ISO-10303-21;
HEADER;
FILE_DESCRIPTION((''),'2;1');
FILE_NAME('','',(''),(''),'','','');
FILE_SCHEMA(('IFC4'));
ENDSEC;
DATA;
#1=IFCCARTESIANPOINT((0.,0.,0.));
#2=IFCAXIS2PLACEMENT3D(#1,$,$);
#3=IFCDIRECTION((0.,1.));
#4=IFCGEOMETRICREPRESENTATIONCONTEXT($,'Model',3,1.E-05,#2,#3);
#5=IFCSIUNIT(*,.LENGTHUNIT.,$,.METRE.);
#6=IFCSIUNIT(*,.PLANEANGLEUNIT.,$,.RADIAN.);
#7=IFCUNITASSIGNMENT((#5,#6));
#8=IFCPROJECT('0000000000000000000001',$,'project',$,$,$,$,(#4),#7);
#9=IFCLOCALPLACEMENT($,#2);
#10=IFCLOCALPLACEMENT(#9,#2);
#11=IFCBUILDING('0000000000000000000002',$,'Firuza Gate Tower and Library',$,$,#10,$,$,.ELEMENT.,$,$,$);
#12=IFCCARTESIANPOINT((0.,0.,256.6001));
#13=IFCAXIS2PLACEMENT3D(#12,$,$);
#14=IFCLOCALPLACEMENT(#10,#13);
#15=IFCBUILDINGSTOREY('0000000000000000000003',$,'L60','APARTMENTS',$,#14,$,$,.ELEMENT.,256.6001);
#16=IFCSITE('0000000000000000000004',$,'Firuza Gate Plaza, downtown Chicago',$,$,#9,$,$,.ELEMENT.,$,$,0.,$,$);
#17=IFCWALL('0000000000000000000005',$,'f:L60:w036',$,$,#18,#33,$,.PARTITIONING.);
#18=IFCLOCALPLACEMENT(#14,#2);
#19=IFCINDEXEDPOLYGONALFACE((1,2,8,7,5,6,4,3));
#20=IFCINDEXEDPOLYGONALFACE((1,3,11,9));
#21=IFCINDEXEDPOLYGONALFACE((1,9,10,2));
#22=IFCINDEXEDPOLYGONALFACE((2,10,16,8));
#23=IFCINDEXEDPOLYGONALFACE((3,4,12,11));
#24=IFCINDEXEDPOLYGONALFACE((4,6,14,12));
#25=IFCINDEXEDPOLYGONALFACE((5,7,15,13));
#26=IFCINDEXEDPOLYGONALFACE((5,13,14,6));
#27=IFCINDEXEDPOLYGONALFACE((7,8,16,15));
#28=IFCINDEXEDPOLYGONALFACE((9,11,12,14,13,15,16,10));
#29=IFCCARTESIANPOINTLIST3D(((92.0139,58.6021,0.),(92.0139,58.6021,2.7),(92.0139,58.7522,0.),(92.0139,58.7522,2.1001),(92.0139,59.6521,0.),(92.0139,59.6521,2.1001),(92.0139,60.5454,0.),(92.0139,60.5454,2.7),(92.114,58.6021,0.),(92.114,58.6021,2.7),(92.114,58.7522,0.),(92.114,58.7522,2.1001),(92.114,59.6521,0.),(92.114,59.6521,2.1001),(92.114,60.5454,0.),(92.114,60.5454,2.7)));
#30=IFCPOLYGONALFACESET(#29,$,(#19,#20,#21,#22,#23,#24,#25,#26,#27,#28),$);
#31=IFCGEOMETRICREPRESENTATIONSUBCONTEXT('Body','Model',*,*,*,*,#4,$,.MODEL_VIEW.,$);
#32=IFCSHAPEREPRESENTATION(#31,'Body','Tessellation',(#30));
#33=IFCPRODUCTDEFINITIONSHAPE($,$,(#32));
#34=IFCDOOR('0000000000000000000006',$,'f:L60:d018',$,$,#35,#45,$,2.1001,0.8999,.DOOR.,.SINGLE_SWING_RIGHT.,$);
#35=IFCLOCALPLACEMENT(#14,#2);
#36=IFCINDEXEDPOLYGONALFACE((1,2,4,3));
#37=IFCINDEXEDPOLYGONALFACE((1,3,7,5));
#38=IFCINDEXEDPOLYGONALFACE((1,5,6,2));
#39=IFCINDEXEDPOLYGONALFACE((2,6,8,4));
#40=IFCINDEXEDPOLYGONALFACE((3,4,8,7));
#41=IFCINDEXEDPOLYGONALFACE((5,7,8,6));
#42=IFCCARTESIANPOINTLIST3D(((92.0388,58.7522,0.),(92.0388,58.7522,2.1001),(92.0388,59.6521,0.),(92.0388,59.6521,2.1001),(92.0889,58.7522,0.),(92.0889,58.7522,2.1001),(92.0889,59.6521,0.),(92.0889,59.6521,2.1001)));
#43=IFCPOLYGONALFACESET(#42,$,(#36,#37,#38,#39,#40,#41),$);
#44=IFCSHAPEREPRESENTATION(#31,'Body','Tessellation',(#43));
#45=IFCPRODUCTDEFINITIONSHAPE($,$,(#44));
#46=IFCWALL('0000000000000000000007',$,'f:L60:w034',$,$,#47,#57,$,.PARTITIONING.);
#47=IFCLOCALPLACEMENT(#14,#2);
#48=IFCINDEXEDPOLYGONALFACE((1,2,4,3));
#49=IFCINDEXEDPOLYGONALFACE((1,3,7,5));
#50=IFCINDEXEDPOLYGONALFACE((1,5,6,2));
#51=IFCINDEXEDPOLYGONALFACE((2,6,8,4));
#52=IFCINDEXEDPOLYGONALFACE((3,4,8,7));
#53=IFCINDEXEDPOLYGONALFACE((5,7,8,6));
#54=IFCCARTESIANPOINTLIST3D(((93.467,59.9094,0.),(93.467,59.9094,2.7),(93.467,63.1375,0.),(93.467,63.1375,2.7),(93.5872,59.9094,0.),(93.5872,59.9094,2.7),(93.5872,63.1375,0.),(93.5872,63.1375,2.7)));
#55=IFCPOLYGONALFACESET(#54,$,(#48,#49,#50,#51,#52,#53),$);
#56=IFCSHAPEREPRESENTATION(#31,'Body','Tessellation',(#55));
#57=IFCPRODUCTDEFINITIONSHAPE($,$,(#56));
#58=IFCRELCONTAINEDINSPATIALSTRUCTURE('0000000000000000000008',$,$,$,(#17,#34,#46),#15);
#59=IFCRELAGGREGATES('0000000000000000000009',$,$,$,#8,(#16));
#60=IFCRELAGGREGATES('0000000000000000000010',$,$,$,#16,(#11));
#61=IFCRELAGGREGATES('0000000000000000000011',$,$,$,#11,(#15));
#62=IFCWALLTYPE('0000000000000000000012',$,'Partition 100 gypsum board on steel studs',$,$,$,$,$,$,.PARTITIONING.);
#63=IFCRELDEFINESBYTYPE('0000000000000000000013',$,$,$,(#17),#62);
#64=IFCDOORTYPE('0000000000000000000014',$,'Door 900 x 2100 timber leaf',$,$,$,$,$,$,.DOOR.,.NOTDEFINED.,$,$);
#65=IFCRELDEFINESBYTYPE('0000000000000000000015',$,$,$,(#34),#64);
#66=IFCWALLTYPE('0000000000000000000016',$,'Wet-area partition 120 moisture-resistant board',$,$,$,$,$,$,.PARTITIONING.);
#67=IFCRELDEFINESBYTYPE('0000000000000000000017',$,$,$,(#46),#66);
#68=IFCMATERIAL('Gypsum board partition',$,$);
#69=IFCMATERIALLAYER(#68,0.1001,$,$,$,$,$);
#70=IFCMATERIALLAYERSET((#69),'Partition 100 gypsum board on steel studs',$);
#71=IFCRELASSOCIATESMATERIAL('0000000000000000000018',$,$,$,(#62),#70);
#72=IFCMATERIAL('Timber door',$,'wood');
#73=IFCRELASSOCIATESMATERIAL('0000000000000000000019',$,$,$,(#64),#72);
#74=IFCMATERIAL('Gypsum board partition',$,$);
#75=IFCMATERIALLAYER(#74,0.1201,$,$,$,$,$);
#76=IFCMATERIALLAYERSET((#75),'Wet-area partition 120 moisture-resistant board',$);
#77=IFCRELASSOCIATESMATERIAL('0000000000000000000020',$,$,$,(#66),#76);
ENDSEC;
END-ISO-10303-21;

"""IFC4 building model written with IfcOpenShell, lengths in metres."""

from ifc_helpers import new_model, si_unit, direction, frame, frame_2d, origin, place, context, subcontext, project, spatial, rectangle, extrude, material, layer, layer_set, type_object, element, fill, save


model = new_model("IFC4")

# Units and contexts
model_context = context("Model", 3, precision=1e-05, world=origin(), true_north=direction((0.0, 1.0)))
body_context = subcontext(model_context, "Body", "Model", "MODEL_VIEW")
ifc_project = project(units=[si_unit("LENGTHUNIT", "METRE"), si_unit("PLANEANGLEUNIT", "RADIAN")], contexts=[model_context])

# Site, building, storey
site_placement = place(None, origin())
site = spatial("IfcSite", under=ifc_project, at=site_placement, Name="Firuza Gate Plaza, downtown Chicago", CompositionType="ELEMENT", RefElevation=0.0)
building_placement = place(site_placement, origin())
building = spatial("IfcBuilding", under=site, at=building_placement, Name="Firuza Gate Tower and Library", CompositionType="ELEMENT")
storey_placement = place(building_placement, frame((0.0, 0.0, 256.6001)))
storey = spatial("IfcBuildingStorey", under=building, at=storey_placement, Name="L60", Description="APARTMENTS", CompositionType="ELEMENT", Elevation=256.6001)

# Shared definitions
ifc_material_1 = material(Name="Gypsum board partition")
ifc_layer_1 = layer(ifc_material_1, 0.1001)
ifc_layer_set_1 = layer_set([ifc_layer_1], Name="Partition 100 gypsum board on steel studs")
wall_type_1 = type_object("IfcWallType", Name="Partition 100 gypsum board on steel studs", PredefinedType="PARTITIONING", material=ifc_layer_set_1)

# Wall, opening, door
wall_1_placement = place(storey_placement, frame((92.064, 60.5454, 0.0), z_axis=(0.0, 0.0, 1.0), x_axis=(0.0, -1.0, 0.0)))
wall_1 = element("IfcWall", 1, at=wall_1_placement, inside=storey, type_object=wall_type_1, Name="f:L60:w036", PredefinedType="PARTITIONING", context=body_context, shape_type="SweptSolid", body=[
    extrude(rectangle(XDim=1.9434, YDim=0.1001, at=frame_2d((0.9717, 0.0))), origin(), (0.0, 0.0, 1.0), 2.7),
])
opening_1_placement = place(wall_1_placement, frame((0.8933, 0.0, 0.0)))
opening_1 = element("IfcOpeningElement", 2, at=opening_1_placement, cuts=wall_1, PredefinedType="OPENING", context=body_context, shape_type="SweptSolid", body=[
    extrude(rectangle(XDim=0.8999, YDim=2.1001, at=frame_2d((0.45, 1.05))), frame((0.0, 0.0601, 0.0), z_axis=(0.0, -1.0, 0.0), x_axis=(1.0, 0.0, 0.0)), (0.0, 0.0, 1.0), 0.1201),
])
ifc_material_2 = material(Name="Timber door", Category="wood")
door_type_1 = type_object("IfcDoorType", Name="Door 900 x 2100 timber leaf", OperationType="NOTDEFINED", PredefinedType="DOOR", material=ifc_material_2)
door_1_placement = place(opening_1_placement, origin())
door_1 = element("IfcDoor", 3, at=door_1_placement, inside=storey, type_object=door_type_1, Name="f:L60:d018", OperationType="SINGLE_SWING_RIGHT", OverallHeight=2.1001, OverallWidth=0.8999, PredefinedType="DOOR", context=body_context, shape_type="SweptSolid", body=[
    extrude(rectangle(XDim=0.8999, YDim=2.1001, at=frame_2d((0.45, 1.05))), frame((0.0, 0.0249, 0.0), z_axis=(0.0, -1.0, 0.0), x_axis=(1.0, 0.0, 0.0)), (0.0, 0.0, 1.0), 0.05),
])
fill(opening_1, door_1)

# Wall
ifc_material_3 = material(Name="Gypsum board partition")
ifc_layer_2 = layer(ifc_material_3, 0.1201)
ifc_layer_set_2 = layer_set([ifc_layer_2], Name="Wet-area partition 120 moisture-resistant board")
wall_type_2 = type_object("IfcWallType", Name="Wet-area partition 120 moisture-resistant board", PredefinedType="PARTITIONING", material=ifc_layer_set_2)
wall_2_placement = place(storey_placement, frame((93.5271, 59.9094, 0.0), z_axis=(0.0, 0.0, 1.0), x_axis=(0.0, 1.0, 0.0)))
element("IfcWall", 4, at=wall_2_placement, inside=storey, type_object=wall_type_2, Name="f:L60:w034", PredefinedType="PARTITIONING", context=body_context, shape_type="SweptSolid", body=[
    extrude(rectangle(XDim=3.228, YDim=0.1201, at=frame_2d((1.614, 0.0))), origin(), (0.0, 0.0, 1.0), 2.7),
])

save(model, "model.ifc")
